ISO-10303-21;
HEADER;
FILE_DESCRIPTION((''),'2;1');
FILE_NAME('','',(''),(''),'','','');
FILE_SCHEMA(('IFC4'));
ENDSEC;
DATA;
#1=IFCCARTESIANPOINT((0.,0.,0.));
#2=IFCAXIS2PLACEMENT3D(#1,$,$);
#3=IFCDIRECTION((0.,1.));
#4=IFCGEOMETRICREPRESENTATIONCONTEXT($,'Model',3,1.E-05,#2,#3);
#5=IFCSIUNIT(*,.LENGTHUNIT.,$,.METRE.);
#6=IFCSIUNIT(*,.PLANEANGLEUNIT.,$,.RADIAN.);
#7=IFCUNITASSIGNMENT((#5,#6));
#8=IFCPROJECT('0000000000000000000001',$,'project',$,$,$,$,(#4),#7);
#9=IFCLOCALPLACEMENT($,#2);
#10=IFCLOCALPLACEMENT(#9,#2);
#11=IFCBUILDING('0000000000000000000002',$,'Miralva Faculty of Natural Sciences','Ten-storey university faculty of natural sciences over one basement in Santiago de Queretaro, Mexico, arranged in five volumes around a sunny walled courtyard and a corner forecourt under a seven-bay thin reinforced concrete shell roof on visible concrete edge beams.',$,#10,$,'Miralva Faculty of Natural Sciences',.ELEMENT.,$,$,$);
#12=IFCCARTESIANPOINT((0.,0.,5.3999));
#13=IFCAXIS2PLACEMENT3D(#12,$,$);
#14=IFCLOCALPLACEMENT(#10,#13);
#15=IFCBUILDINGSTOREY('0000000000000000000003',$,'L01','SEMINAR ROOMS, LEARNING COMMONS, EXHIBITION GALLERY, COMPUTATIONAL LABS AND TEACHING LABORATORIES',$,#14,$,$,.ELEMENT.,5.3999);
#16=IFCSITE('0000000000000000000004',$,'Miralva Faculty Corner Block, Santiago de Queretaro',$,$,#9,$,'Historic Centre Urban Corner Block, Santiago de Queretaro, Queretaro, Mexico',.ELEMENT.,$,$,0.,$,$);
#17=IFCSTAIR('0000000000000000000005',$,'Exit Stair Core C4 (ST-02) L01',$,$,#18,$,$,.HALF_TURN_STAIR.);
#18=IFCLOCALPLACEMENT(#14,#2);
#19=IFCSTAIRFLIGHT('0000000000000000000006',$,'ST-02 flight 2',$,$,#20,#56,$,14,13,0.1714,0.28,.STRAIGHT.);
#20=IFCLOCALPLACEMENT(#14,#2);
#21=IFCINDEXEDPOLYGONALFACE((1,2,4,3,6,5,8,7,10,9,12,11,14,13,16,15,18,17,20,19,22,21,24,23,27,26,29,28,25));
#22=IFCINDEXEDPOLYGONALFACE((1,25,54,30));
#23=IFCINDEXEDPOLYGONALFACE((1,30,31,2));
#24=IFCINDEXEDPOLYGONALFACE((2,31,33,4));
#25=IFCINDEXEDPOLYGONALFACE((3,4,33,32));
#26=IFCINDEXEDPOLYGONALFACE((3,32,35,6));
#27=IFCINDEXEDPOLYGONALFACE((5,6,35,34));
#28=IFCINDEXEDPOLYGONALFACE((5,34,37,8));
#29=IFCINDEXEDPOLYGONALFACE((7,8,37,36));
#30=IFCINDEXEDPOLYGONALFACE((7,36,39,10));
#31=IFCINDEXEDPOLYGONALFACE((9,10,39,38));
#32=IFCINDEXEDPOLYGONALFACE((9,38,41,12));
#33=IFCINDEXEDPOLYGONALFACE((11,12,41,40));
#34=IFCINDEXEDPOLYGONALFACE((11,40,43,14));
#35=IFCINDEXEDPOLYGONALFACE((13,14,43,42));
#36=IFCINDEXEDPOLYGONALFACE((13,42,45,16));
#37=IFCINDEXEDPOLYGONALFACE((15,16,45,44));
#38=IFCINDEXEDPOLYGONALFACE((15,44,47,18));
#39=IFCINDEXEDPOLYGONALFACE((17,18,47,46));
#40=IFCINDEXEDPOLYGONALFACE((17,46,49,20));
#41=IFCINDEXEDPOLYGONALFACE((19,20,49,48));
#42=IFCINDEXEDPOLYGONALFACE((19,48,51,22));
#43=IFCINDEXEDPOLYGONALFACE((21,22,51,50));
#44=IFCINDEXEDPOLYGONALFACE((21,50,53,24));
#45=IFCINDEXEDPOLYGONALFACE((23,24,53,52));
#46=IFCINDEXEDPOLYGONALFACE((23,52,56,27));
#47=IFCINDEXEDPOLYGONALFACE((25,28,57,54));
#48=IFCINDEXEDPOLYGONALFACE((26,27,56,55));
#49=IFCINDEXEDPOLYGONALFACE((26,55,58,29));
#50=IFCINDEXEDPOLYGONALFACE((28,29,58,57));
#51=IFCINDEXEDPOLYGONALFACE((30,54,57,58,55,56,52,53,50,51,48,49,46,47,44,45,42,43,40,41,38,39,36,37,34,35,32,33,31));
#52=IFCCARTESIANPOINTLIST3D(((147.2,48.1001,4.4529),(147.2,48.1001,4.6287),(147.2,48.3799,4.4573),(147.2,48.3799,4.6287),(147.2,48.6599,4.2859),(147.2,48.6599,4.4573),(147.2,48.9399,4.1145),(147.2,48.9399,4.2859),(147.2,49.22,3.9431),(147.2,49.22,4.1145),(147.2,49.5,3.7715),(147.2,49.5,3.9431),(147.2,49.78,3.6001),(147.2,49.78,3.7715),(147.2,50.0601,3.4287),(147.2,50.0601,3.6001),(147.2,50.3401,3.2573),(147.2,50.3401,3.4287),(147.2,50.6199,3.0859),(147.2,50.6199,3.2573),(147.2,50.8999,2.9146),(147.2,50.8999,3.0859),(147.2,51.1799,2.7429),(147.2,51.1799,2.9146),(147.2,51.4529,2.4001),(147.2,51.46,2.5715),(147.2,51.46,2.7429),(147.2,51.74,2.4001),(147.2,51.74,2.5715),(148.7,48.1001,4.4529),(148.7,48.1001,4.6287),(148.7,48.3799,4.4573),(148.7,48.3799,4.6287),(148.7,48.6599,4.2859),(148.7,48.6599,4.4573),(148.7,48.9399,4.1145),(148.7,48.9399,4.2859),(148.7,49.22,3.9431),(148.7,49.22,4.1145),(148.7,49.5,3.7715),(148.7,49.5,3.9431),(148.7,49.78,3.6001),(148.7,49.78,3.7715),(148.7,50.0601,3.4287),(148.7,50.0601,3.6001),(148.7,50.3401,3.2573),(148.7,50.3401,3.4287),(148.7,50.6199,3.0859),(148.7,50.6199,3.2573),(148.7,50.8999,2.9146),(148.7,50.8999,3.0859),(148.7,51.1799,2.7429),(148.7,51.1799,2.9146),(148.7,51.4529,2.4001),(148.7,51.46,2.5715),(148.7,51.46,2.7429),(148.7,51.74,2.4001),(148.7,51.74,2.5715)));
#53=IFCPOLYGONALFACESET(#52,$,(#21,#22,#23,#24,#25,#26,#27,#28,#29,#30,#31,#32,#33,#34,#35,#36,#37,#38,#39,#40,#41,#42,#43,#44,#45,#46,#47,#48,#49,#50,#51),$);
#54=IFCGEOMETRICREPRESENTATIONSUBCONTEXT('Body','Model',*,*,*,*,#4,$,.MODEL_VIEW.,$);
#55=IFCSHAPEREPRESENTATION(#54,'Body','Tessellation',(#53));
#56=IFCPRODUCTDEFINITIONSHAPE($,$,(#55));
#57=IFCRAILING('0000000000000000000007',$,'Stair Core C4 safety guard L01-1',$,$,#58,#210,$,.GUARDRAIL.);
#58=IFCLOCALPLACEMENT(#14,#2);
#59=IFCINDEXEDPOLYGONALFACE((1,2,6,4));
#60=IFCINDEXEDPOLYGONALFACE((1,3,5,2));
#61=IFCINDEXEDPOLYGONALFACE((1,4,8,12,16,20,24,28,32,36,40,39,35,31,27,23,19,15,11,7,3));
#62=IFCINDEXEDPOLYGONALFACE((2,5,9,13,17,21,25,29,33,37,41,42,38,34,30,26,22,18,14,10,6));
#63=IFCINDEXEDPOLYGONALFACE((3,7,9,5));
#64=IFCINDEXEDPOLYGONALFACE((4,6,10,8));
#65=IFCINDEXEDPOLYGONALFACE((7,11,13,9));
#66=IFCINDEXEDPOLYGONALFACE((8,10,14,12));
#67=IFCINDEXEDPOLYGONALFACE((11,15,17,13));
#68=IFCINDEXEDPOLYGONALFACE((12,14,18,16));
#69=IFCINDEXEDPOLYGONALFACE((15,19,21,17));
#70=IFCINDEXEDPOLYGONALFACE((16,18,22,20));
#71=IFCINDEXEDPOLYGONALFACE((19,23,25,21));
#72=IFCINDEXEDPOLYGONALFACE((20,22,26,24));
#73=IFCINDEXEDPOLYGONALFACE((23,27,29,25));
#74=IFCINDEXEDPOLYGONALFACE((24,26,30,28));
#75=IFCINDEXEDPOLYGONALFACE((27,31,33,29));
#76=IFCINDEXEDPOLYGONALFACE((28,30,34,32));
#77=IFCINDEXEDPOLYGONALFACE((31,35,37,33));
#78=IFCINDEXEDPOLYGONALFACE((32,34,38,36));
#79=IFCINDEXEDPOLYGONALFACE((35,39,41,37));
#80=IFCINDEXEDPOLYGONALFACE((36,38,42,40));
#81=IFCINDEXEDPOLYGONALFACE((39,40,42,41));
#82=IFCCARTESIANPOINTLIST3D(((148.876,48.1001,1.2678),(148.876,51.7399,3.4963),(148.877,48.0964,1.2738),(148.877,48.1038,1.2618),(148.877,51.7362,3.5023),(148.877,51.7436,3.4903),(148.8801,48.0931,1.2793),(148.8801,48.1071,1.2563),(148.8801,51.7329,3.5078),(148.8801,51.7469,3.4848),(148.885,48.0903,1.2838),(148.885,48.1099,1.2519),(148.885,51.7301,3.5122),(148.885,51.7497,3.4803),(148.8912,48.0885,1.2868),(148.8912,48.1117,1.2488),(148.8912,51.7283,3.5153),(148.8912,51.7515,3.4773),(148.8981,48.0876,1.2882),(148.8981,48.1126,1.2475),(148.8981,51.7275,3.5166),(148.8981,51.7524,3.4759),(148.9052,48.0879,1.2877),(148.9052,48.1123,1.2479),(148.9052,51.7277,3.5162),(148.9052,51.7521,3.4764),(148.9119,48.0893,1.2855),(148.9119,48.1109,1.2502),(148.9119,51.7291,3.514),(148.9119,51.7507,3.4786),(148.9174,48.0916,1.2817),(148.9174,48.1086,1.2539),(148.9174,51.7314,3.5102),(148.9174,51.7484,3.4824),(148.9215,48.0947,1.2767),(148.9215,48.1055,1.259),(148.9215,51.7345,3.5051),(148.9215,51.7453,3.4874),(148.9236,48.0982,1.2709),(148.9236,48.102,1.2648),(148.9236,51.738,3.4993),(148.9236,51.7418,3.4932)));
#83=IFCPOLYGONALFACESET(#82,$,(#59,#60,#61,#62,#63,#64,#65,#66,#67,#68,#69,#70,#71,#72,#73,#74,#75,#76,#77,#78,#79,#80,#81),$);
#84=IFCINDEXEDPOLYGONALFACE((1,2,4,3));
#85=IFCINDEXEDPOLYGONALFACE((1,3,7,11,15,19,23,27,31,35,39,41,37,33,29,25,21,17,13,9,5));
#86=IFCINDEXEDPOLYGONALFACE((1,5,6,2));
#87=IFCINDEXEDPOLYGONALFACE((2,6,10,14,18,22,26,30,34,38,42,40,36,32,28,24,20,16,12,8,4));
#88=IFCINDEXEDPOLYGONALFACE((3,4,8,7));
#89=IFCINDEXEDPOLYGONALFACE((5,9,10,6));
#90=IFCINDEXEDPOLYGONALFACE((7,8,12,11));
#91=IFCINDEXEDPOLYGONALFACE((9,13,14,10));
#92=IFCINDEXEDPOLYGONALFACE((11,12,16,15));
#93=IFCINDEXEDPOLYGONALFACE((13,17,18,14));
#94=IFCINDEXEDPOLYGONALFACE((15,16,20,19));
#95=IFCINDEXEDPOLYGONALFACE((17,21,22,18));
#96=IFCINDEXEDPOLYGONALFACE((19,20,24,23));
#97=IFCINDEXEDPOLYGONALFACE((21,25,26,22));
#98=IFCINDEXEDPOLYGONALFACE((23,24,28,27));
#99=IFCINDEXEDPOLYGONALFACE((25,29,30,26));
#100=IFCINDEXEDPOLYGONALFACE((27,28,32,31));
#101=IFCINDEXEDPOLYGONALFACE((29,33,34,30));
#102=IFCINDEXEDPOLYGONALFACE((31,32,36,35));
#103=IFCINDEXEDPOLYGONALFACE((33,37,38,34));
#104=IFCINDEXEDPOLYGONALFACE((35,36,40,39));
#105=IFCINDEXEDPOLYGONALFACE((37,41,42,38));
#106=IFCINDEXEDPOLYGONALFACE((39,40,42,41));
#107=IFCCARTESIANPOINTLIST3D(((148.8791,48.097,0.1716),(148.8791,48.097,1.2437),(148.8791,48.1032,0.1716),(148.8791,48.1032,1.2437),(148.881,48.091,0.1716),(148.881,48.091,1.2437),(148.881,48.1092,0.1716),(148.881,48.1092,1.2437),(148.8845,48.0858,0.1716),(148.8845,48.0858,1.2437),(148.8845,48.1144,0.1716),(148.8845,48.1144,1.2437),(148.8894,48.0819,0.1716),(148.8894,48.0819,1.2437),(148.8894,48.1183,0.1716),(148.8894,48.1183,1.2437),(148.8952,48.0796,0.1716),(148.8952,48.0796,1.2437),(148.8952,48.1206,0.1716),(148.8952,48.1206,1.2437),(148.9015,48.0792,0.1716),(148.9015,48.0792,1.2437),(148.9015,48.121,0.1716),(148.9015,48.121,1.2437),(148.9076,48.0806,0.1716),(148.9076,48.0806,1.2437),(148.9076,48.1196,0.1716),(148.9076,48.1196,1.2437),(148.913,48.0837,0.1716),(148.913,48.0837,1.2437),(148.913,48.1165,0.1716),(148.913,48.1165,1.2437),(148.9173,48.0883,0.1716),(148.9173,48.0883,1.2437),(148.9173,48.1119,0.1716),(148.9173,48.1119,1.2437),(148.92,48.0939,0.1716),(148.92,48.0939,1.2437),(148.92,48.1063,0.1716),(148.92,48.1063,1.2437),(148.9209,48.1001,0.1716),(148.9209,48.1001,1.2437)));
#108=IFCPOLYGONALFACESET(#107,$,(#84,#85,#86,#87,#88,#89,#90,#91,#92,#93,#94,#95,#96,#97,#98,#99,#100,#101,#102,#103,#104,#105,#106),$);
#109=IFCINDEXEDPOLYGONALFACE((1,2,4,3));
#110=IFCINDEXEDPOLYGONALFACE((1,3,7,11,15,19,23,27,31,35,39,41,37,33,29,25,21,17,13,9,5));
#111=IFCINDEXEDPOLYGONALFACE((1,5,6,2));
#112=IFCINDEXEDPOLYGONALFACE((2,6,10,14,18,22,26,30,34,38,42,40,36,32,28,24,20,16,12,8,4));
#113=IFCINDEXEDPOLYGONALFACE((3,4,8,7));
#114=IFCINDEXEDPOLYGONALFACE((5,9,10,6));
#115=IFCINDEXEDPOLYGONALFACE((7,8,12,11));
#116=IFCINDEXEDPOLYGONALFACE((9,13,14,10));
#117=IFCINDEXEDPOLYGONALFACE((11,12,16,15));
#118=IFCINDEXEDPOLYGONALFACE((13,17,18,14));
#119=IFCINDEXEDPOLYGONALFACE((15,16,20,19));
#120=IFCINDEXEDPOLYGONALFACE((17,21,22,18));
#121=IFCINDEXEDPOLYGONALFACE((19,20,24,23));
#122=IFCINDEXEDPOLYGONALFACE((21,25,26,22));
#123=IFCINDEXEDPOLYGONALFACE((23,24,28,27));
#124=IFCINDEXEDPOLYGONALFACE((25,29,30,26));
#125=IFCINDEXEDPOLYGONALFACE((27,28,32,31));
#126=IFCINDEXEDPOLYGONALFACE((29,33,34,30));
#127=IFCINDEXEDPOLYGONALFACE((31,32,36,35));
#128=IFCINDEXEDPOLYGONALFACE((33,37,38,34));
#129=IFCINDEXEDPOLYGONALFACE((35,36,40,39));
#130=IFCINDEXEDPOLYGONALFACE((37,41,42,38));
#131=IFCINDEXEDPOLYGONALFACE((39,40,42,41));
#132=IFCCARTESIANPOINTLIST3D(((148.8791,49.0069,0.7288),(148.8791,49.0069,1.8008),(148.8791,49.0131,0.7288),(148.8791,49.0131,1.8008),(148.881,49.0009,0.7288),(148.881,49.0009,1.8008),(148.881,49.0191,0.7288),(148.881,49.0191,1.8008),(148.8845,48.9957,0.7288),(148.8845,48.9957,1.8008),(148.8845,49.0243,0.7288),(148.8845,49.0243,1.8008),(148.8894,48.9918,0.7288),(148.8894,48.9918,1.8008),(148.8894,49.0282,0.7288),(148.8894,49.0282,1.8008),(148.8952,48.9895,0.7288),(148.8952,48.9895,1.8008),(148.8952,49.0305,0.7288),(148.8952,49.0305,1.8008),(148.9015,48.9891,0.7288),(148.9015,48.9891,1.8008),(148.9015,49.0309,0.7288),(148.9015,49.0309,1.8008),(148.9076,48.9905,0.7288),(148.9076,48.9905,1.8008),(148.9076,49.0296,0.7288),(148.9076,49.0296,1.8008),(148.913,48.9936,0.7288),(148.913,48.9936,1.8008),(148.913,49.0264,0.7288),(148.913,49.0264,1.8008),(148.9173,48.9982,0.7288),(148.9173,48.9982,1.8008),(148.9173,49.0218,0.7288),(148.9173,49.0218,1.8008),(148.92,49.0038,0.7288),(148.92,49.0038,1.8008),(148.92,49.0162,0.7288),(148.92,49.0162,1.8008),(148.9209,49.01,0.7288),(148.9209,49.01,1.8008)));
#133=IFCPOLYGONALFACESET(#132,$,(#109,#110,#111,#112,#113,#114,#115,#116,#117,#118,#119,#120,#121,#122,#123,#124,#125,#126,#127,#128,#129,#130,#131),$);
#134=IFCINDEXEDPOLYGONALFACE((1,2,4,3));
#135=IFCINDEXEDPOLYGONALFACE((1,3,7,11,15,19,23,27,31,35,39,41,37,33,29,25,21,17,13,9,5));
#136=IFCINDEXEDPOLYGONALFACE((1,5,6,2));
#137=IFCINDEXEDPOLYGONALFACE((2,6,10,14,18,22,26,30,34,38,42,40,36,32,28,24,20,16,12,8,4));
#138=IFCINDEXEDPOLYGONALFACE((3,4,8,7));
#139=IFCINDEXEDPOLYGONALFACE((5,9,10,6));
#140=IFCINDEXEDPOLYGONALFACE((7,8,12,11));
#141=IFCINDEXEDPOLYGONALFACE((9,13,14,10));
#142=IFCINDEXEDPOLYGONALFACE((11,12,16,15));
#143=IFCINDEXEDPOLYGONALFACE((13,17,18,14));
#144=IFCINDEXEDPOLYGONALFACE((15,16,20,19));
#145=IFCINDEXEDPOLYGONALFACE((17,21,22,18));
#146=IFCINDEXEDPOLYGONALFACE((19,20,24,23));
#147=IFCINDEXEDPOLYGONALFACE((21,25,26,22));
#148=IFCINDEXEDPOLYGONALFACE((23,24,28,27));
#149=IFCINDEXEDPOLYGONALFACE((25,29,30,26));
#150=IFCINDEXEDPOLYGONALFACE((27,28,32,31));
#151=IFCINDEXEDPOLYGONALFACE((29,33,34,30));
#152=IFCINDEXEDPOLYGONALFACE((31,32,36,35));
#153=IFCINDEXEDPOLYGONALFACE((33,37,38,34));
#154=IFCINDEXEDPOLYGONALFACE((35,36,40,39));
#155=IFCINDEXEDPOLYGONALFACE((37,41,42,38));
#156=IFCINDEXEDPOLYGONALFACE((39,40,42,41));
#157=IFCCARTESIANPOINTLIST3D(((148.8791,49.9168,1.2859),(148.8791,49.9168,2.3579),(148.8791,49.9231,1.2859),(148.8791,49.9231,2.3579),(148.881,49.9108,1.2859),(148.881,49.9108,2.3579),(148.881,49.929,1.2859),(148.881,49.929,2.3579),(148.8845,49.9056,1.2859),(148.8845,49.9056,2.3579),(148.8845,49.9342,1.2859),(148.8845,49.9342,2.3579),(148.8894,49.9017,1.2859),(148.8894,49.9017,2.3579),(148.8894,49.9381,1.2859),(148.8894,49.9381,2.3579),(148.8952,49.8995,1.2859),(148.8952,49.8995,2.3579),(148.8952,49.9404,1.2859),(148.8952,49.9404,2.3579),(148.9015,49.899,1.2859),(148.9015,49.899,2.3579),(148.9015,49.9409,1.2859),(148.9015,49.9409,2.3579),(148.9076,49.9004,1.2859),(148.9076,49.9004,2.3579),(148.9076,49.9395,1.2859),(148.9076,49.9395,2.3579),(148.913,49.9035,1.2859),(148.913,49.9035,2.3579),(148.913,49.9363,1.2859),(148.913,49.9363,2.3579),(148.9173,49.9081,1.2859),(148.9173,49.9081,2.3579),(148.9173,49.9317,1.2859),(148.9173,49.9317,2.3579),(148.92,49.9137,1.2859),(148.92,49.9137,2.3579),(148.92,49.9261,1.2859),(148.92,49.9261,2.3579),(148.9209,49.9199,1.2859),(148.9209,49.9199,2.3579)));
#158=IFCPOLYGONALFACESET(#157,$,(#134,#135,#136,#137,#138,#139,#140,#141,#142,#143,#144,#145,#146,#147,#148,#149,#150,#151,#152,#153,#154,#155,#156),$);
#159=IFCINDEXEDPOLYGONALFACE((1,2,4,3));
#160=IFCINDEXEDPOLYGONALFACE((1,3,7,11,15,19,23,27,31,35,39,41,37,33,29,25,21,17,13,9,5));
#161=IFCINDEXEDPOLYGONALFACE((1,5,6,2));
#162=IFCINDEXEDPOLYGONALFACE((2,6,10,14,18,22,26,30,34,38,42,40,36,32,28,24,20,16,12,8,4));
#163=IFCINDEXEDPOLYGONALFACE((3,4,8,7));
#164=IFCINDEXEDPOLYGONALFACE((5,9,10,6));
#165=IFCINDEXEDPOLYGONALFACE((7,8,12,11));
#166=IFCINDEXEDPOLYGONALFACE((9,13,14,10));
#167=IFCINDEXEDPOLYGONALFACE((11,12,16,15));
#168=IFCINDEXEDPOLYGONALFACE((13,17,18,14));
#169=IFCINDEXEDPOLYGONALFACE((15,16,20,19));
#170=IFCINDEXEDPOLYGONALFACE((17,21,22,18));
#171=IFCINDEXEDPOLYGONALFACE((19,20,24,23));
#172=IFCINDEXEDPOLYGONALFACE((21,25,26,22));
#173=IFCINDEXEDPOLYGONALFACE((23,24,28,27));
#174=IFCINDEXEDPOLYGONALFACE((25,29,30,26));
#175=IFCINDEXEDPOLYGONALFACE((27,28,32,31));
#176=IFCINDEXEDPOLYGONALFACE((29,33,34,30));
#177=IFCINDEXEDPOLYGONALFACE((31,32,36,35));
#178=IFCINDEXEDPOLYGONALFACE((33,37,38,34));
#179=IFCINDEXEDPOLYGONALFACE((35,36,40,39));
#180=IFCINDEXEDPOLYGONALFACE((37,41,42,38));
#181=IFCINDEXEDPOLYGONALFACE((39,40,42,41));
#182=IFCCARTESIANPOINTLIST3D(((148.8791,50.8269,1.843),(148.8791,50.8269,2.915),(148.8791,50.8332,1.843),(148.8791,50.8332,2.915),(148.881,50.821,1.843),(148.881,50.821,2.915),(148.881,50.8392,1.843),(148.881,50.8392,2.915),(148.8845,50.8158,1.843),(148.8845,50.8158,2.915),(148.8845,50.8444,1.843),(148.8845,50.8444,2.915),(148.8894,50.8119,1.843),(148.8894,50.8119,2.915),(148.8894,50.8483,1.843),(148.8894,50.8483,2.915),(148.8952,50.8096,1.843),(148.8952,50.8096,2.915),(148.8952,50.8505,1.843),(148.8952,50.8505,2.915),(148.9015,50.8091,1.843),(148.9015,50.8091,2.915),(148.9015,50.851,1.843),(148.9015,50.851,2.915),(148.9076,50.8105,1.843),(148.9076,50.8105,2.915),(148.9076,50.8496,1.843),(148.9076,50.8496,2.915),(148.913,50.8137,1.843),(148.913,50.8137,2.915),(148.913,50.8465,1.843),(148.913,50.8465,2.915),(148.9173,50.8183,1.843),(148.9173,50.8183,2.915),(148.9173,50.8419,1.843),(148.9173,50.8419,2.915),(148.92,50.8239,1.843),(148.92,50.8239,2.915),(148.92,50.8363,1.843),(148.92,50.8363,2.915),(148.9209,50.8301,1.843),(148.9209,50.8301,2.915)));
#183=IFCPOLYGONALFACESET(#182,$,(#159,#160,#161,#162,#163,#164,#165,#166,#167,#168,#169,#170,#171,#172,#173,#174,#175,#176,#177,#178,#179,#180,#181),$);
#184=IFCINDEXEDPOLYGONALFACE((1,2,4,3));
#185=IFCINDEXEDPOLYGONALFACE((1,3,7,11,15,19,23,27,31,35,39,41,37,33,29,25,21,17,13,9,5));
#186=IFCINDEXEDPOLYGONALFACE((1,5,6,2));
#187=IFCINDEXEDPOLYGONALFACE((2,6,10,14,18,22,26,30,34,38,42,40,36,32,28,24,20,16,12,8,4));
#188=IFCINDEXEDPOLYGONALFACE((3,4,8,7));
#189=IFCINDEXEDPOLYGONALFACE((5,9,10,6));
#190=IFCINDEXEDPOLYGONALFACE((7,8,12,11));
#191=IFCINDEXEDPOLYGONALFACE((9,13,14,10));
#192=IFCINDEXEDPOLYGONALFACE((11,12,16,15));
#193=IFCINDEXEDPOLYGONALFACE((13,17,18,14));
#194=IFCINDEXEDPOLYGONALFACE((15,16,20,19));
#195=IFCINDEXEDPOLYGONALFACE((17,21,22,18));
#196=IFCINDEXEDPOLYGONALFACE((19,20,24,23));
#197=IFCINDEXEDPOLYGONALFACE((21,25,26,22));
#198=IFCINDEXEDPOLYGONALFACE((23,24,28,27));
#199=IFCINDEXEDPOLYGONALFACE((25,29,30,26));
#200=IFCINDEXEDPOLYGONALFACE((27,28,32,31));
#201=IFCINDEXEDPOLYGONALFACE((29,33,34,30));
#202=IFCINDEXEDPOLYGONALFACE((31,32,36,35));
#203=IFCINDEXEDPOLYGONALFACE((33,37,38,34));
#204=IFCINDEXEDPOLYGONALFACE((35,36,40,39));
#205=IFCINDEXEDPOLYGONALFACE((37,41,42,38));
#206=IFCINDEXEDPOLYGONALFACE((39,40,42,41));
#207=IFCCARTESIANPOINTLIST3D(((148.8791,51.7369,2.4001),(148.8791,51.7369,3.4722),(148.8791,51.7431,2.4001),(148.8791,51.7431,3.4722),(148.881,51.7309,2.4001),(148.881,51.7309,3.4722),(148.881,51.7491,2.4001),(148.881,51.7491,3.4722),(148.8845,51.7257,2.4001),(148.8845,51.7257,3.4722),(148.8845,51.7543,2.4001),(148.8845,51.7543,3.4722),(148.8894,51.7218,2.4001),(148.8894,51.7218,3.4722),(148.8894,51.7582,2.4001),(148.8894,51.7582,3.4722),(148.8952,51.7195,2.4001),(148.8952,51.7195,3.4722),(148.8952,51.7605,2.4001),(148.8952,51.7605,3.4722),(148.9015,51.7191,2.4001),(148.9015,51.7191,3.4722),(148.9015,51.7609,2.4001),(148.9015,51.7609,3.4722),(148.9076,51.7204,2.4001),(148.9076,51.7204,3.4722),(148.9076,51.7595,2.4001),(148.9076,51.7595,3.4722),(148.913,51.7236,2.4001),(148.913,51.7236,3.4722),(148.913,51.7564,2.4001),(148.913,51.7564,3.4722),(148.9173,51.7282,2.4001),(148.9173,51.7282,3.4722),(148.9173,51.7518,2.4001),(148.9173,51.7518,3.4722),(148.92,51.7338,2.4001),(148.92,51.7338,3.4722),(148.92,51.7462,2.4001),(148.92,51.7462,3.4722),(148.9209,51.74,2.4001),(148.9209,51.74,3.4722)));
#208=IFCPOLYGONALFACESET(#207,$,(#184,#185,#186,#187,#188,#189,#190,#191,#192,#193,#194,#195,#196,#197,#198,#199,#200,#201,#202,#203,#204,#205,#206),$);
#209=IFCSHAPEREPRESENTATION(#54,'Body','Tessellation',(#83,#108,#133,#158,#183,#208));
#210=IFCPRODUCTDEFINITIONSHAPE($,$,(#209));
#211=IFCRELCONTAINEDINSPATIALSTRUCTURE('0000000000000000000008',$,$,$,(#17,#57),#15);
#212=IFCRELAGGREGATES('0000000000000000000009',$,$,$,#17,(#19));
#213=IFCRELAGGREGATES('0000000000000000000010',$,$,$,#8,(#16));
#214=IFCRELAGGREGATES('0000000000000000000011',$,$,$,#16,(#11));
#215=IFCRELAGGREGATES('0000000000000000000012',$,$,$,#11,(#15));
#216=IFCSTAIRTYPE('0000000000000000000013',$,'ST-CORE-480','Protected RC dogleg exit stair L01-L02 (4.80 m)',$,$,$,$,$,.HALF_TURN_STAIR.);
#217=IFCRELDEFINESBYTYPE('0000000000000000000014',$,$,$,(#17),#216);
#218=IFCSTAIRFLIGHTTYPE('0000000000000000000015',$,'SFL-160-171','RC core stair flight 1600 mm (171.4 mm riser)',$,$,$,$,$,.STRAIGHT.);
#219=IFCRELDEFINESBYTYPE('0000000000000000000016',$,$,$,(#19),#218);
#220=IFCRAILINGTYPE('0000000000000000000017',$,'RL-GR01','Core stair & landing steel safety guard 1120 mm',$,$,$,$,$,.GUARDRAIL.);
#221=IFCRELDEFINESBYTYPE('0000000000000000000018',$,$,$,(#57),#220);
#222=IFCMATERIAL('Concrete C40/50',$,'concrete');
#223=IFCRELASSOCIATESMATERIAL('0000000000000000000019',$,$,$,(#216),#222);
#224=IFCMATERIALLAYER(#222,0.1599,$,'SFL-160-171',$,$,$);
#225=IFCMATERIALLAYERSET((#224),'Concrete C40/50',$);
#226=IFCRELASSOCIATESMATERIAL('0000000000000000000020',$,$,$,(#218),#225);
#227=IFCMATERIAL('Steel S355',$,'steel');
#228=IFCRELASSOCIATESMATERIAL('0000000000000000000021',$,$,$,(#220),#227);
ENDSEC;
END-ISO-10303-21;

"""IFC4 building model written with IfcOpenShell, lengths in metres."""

from ifc_helpers import new_model, si_unit, direction, frame, origin, origin_2d, place, context, subcontext, project, spatial, polyline, circle, outline, extrude, material, layer, layer_set, type_object, element, aggregate, save


model = new_model("IFC4")

# Units and contexts
model_context = context("Model", 3, precision=1e-05, world=origin(), true_north=direction((0.0, 1.0)))
body_context = subcontext(model_context, "Body", "Model", "MODEL_VIEW")
ifc_project = project(units=[si_unit("LENGTHUNIT", "METRE"), si_unit("PLANEANGLEUNIT", "RADIAN")], contexts=[model_context])

# Site, building, storey
site_placement = place(None, origin())
site = spatial("IfcSite", under=ifc_project, at=site_placement, Name="Miralva Faculty Corner Block, Santiago de Queretaro", LongName="Historic Centre Urban Corner Block, Santiago de Queretaro, Queretaro, Mexico", CompositionType="ELEMENT", RefElevation=0.0)
building_placement = place(site_placement, origin())
building = spatial("IfcBuilding", under=site, at=building_placement, Name="Miralva Faculty of Natural Sciences", Description="Ten-storey university faculty of natural sciences over one basement in Santiago de Queretaro, Mexico, arranged in five volumes around a sunny walled courtyard and a corner forecourt under a seven-bay thin reinforced concrete shell roof on visible concrete edge beams.", LongName="Miralva Faculty of Natural Sciences", CompositionType="ELEMENT")
storey_placement = place(building_placement, frame((0.0, 0.0, 5.3999)))
storey = spatial("IfcBuildingStorey", under=building, at=storey_placement, Name="L01", Description="SEMINAR ROOMS, LEARNING COMMONS, EXHIBITION GALLERY, COMPUTATIONAL LABS AND TEACHING LABORATORIES", CompositionType="ELEMENT", Elevation=5.3999)

# Shared definitions
ifc_material_1 = material(Name="Concrete C40/50", Category="concrete")

# Stair, stair flight
stair_type = type_object("IfcStairType", Name="ST-CORE-480", Description="Protected RC dogleg exit stair L01-L02 (4.80 m)", PredefinedType="HALF_TURN_STAIR", material=ifc_material_1)
stair_placement = place(storey_placement, origin())
stair = element("IfcStair", 1, at=stair_placement, inside=storey, type_object=stair_type, Name="Exit Stair Core C4 (ST-02) L01", PredefinedType="HALF_TURN_STAIR")
ifc_layer_1 = layer(ifc_material_1, 0.1599, Name="SFL-160-171")
ifc_layer_set_1 = layer_set([ifc_layer_1], Name="Concrete C40/50")
stair_flight_type = type_object("IfcStairFlightType", Name="SFL-160-171", Description="RC core stair flight 1600 mm (171.4 mm riser)", PredefinedType="STRAIGHT", material=ifc_layer_set_1)
stair_flight_1_placement = place(storey_placement, frame((147.95, 51.74, 2.4001), z_axis=(0.0, 0.0, 1.0), x_axis=(0.0, -1.0, 0.0)))
stair_flight_1 = element("IfcStairFlight", 2, at=stair_flight_1_placement, type_object=stair_flight_type, Name="ST-02 flight 2", NumberOfRisers=14, NumberOfTreads=13, PredefinedType="STRAIGHT", RiserHeight=0.1714, TreadLength=0.28, context=body_context, shape_type="SweptSolid", body=[
    extrude(outline(polyline([(0.0, 0.0), (0.0, 0.1714), (0.28, 0.1714), (0.28, 0.3428), (0.5601, 0.3428), (0.5601, 0.5144), (0.8401, 0.5144), (0.8401, 0.6858), (1.1201, 0.6858), (1.1201, 0.8572), (1.3999, 0.8572), (1.3999, 1.0286), (1.6799, 1.0286), (1.6799, 1.2), (1.96, 1.2), (1.96, 1.3713), (2.24, 1.3713), (2.24, 1.543), (2.52, 1.543), (2.52, 1.7144), (2.8, 1.7144), (2.8, 1.8857), (3.0801, 1.8857), (3.0801, 2.0571), (3.3601, 2.0571), (3.3601, 2.2285), (3.6399, 2.2285), (3.6399, 2.3999), (3.6399, 2.0527), (0.2871, 0.0), (0.0, 0.0)])), frame((0.0, 0.75, 0.0), z_axis=(0.0, -1.0, 0.0), x_axis=(1.0, 0.0, 0.0)), (0.0, 0.0, 1.0), 1.5),
])
aggregate(stair, [stair_flight_1])

# Railing
ifc_material_2 = material(Name="Steel S355", Category="steel")
railing_type_1 = type_object("IfcRailingType", Name="RL-GR01", Description="Core stair & landing steel safety guard 1120 mm", PredefinedType="GUARDRAIL", material=ifc_material_2)
railing_1_placement = place(storey_placement, frame((148.8999, 48.1001, 0.1716)))
element("IfcRailing", 3, at=railing_1_placement, inside=storey, type_object=railing_type_1, Name="Stair Core C4 safety guard L01-1", PredefinedType="GUARDRAIL", context=body_context, shape_type="SweptSolid", body=[
    extrude(circle(Radius=0.0239, at=origin_2d()), frame((0.0, 0.0, 1.0962), z_axis=(0.0, 0.85285, 0.522156), x_axis=(-1.0, 0.0, 0.0)), (0.0, 0.0, 1.0), 4.2678),
    extrude(circle(Radius=0.021, at=origin_2d()), origin(), (0.0, 0.0, 1.0), 1.072),
    extrude(circle(Radius=0.021, at=origin_2d()), frame((0.0, 0.9099, 0.5571)), (0.0, 0.0, 1.0), 1.072),
    extrude(circle(Radius=0.021, at=origin_2d()), frame((0.0, 1.8198, 1.1143)), (0.0, 0.0, 1.0), 1.072),
    extrude(circle(Radius=0.021, at=origin_2d()), frame((0.0, 2.73, 1.6714)), (0.0, 0.0, 1.0), 1.072),
    extrude(circle(Radius=0.021, at=origin_2d()), frame((0.0, 3.6399, 2.2285)), (0.0, 0.0, 1.0), 1.072),
])

save(model, "model.ifc")
